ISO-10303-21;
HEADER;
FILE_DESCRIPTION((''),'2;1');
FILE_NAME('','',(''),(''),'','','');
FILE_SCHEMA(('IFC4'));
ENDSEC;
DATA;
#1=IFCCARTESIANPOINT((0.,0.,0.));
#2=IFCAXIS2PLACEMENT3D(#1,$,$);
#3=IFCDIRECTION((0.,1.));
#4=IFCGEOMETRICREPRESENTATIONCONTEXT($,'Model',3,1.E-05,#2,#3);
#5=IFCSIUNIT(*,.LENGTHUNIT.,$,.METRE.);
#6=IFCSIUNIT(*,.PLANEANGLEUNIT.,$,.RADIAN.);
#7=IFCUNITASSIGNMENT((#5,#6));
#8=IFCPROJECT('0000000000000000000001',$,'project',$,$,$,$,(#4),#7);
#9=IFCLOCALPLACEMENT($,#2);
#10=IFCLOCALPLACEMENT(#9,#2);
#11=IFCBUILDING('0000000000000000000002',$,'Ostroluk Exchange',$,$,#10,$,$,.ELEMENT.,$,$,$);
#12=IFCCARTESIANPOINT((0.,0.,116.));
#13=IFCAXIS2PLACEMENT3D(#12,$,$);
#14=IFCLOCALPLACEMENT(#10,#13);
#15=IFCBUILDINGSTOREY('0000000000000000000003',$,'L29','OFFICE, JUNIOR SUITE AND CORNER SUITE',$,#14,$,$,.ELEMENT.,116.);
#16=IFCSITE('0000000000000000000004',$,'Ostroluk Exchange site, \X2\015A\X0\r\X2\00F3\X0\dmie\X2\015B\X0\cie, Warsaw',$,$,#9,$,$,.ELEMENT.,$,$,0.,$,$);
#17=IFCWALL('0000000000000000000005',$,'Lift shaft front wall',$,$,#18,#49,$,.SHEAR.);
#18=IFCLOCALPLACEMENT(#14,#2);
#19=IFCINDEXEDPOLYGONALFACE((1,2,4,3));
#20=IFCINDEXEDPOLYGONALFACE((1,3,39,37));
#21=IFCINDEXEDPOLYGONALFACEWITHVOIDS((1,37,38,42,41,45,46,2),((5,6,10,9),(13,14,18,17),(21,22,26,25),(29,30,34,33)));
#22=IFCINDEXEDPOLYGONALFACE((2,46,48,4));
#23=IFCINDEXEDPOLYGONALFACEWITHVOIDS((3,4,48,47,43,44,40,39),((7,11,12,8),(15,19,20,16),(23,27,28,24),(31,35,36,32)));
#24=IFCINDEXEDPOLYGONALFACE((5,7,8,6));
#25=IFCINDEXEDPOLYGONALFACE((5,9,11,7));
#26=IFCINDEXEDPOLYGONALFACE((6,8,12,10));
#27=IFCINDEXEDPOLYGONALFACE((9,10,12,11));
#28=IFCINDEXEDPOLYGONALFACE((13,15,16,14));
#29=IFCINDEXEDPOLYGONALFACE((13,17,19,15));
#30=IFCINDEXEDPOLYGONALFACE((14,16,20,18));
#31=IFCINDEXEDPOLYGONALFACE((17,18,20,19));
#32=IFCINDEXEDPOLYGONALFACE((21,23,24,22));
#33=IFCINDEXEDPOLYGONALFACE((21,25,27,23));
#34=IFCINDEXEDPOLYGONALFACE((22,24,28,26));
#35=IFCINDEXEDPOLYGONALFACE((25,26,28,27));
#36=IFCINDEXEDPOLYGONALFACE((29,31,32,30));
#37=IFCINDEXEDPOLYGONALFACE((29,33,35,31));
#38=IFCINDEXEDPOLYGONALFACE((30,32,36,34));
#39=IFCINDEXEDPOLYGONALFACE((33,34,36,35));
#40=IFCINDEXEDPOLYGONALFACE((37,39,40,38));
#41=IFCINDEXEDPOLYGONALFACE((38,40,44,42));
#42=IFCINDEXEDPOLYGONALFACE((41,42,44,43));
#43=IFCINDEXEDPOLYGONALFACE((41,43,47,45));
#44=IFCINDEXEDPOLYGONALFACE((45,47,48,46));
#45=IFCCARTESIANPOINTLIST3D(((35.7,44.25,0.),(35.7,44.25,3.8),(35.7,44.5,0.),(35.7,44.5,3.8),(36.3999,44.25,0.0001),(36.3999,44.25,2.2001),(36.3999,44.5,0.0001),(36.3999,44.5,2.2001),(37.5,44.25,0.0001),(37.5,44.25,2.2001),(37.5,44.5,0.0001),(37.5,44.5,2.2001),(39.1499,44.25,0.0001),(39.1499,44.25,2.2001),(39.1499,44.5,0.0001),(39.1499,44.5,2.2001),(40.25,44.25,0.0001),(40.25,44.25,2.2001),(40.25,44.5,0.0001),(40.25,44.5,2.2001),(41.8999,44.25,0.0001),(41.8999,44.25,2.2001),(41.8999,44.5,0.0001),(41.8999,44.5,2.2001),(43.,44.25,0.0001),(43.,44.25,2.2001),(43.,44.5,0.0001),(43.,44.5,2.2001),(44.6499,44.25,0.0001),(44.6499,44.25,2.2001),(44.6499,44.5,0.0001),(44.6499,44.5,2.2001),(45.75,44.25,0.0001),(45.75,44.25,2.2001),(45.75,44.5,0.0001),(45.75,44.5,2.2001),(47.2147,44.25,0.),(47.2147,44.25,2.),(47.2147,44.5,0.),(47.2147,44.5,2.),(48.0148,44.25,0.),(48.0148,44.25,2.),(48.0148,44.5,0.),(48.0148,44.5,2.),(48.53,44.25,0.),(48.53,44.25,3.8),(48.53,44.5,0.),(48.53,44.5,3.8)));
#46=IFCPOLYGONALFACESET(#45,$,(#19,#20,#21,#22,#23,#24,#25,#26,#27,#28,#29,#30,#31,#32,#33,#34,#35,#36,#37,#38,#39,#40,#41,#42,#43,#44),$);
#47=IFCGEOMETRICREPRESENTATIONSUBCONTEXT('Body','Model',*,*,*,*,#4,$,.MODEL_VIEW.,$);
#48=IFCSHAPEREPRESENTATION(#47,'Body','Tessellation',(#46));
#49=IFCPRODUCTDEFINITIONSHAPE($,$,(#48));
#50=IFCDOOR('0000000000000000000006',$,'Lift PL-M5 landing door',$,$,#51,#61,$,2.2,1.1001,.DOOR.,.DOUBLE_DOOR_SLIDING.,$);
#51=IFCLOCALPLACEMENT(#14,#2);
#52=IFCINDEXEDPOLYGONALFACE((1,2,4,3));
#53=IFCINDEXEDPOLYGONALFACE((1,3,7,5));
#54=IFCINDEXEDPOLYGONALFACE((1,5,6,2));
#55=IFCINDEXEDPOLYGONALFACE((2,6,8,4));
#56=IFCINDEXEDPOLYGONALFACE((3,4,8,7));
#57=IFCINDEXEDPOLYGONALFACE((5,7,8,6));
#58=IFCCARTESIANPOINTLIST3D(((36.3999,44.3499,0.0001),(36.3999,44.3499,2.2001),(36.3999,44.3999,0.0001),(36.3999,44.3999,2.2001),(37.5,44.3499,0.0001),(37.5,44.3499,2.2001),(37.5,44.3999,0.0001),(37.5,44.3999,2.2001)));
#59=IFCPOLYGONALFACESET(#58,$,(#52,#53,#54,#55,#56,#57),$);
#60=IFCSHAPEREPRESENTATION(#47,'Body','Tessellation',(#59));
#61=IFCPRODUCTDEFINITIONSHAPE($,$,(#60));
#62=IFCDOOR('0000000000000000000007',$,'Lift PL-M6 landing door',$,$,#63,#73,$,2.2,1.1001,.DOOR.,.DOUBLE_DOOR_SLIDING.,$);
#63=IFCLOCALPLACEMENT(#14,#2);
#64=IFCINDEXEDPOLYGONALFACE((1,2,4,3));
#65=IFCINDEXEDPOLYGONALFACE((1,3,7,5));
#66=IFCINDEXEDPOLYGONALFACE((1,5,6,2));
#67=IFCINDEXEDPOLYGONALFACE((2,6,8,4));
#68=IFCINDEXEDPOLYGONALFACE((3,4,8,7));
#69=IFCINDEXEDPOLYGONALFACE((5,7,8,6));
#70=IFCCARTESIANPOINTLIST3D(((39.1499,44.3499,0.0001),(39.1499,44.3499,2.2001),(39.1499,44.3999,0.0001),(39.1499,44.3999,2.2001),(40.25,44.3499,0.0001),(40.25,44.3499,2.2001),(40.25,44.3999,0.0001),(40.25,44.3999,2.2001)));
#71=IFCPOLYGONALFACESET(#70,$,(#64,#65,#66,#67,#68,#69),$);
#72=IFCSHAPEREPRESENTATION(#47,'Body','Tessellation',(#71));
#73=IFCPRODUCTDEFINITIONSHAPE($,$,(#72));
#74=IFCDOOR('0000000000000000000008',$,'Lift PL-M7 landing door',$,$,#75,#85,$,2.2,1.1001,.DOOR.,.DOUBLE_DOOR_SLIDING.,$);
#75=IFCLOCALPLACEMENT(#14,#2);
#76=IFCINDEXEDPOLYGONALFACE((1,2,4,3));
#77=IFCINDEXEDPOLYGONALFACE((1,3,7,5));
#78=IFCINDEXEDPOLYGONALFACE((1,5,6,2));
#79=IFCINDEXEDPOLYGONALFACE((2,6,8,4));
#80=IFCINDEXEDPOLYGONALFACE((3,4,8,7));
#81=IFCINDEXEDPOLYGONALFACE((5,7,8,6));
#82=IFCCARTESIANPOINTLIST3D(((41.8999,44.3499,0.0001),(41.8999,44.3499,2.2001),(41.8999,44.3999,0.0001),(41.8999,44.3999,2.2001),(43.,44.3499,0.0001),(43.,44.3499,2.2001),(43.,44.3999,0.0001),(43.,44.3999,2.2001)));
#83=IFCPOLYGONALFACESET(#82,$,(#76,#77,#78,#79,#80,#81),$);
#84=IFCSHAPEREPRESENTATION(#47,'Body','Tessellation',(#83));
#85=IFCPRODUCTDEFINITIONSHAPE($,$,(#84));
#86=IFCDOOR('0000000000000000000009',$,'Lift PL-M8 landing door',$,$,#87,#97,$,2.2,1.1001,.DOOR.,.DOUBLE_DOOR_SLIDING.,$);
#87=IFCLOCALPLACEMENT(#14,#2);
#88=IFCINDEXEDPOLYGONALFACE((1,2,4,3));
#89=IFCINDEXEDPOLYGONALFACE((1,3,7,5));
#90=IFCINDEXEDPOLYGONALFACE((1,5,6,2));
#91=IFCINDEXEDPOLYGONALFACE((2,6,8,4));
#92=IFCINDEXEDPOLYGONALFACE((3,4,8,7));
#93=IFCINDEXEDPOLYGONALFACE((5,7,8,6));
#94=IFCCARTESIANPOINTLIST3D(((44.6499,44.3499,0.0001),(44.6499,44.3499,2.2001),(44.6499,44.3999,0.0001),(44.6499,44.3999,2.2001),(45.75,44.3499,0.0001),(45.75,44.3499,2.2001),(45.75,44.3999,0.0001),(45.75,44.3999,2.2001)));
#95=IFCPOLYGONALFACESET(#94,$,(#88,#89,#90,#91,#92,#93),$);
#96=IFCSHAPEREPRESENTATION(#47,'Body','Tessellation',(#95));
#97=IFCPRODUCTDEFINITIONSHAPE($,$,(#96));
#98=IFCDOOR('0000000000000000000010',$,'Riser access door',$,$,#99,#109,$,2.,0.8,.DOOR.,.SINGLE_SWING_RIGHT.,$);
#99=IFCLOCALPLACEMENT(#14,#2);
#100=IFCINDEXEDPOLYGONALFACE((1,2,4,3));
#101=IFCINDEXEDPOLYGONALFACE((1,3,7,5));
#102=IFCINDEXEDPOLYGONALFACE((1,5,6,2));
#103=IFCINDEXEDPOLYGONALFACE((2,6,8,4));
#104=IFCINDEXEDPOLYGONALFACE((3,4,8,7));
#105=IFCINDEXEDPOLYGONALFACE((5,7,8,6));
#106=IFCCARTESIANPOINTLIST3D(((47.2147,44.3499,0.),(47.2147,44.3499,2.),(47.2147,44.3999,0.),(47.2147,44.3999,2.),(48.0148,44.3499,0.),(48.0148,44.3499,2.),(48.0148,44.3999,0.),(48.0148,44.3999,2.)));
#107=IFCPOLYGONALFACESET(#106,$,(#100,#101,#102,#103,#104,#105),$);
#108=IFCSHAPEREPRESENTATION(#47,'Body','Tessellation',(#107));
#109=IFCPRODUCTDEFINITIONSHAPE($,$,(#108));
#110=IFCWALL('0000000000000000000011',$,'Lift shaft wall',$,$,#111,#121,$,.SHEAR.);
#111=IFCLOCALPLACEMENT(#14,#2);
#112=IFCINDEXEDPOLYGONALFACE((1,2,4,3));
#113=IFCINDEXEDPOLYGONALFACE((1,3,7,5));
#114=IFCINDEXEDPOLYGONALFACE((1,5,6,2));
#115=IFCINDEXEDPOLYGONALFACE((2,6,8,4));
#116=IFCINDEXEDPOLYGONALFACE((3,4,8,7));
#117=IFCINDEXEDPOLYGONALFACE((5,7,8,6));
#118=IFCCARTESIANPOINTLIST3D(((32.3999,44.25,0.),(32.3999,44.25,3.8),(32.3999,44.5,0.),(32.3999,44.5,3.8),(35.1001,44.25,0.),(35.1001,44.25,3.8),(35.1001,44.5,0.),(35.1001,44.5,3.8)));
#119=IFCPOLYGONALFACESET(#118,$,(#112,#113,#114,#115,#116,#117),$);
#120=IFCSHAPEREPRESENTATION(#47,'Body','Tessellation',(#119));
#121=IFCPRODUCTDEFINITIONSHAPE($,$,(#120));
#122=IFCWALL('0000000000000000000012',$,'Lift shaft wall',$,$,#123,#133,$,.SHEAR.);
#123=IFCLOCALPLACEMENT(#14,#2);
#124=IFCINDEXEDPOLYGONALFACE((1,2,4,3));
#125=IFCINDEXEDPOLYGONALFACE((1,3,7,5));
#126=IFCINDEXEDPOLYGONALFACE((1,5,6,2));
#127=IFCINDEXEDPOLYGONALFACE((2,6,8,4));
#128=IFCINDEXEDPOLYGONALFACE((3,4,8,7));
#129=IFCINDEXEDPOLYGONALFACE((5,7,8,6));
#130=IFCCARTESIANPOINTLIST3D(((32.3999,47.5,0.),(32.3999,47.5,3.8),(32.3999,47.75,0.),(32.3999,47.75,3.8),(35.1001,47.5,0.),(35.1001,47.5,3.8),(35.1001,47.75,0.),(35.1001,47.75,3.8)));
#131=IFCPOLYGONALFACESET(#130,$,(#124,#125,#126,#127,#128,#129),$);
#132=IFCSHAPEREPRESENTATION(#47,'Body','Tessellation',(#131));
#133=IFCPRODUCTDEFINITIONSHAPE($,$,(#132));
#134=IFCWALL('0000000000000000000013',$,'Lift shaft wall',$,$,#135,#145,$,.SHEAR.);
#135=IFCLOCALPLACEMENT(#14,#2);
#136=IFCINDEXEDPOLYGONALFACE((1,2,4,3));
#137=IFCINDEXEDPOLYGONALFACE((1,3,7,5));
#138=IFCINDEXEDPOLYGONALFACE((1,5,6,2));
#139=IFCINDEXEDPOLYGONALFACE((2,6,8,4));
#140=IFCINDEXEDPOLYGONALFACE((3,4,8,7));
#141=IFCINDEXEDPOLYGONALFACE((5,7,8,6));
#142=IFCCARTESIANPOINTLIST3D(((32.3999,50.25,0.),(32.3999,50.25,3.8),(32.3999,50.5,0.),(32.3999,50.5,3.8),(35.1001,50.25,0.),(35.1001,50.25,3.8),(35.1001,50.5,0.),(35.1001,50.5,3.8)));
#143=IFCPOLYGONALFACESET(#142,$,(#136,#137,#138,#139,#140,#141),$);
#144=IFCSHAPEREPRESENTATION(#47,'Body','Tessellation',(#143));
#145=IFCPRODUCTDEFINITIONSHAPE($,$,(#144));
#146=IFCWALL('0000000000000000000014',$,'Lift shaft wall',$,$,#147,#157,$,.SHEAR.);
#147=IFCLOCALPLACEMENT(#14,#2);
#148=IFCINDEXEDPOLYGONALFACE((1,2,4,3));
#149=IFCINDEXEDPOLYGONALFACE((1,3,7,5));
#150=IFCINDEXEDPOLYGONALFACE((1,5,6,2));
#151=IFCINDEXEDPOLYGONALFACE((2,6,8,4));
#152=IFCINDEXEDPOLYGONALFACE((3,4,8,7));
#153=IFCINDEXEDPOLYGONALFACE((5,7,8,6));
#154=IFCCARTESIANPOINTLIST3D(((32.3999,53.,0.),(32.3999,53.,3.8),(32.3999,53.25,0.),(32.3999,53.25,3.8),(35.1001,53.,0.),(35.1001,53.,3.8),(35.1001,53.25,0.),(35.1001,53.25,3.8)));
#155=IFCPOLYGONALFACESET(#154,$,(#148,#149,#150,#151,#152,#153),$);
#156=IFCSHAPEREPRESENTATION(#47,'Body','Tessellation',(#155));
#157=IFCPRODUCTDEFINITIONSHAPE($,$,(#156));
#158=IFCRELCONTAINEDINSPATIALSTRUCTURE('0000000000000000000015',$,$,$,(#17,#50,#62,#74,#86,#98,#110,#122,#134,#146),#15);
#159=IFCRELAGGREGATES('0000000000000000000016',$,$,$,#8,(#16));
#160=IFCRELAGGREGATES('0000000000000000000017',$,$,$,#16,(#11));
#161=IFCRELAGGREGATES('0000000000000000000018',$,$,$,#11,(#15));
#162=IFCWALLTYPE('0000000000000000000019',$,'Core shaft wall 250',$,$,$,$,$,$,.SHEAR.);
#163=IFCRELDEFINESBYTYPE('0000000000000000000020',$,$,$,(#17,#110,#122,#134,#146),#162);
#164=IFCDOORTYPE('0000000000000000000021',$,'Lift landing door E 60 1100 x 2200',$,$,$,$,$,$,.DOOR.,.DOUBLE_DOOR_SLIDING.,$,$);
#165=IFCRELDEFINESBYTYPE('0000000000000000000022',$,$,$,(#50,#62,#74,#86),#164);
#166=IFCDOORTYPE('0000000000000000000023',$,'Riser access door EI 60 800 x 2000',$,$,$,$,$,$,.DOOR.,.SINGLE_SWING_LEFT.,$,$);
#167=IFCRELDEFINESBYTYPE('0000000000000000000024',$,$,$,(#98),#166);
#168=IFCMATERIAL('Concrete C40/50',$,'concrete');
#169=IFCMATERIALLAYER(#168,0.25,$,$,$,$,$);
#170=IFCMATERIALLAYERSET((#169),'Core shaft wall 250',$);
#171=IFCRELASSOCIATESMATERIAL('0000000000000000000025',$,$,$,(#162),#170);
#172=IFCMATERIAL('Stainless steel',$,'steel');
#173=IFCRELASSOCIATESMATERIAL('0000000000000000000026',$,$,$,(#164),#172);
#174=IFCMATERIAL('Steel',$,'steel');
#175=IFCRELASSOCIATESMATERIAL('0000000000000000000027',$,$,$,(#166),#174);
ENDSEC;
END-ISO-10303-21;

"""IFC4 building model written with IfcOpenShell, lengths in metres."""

from ifc_helpers import new_model, si_unit, direction, frame, frame_2d, origin, place, context, subcontext, project, spatial, rectangle, extrude, material, layer, layer_set, type_object, element, fill, save


model = new_model("IFC4")

# Units and contexts
model_context = context("Model", 3, precision=1e-05, world=origin(), true_north=direction((0.0, 1.0)))
body_context = subcontext(model_context, "Body", "Model", "MODEL_VIEW")
ifc_project = project(units=[si_unit("LENGTHUNIT", "METRE"), si_unit("PLANEANGLEUNIT", "RADIAN")], contexts=[model_context])

# Site, building, storey
site_placement = place(None, origin())
site = spatial("IfcSite", under=ifc_project, at=site_placement, Name="Ostroluk Exchange site, Śródmieście, Warsaw", CompositionType="ELEMENT", RefElevation=0.0)
building_placement = place(site_placement, origin())
building = spatial("IfcBuilding", under=site, at=building_placement, Name="Ostroluk Exchange", CompositionType="ELEMENT")
storey_placement = place(building_placement, frame((0.0, 0.0, 116.0)))
storey = spatial("IfcBuildingStorey", under=building, at=storey_placement, Name="L29", Description="OFFICE, JUNIOR SUITE AND CORNER SUITE", CompositionType="ELEMENT", Elevation=116.0)

# Wall, openings, doors
ifc_material_1 = material(Name="Concrete C40/50", Category="concrete")
ifc_layer_1 = layer(ifc_material_1, 0.25)
ifc_layer_set_1 = layer_set([ifc_layer_1], Name="Core shaft wall 250")
wall_type_1 = type_object("IfcWallType", Name="Core shaft wall 250", PredefinedType="SHEAR", material=ifc_layer_set_1)
ifc_material_2 = material(Name="Stainless steel", Category="steel")
door_type_1 = type_object("IfcDoorType", Name="Lift landing door E 60 1100 x 2200", OperationType="DOUBLE_DOOR_SLIDING", PredefinedType="DOOR", material=ifc_material_2)
ifc_material_3 = material(Name="Steel", Category="steel")
door_type_2 = type_object("IfcDoorType", Name="Riser access door EI 60 800 x 2000", OperationType="SINGLE_SWING_LEFT", PredefinedType="DOOR", material=ifc_material_3)
wall_1_placement = place(storey_placement, frame((35.7, 44.375, 0.0), z_axis=(0.0, 0.0, 1.0), x_axis=(1.0, 0.0, 0.0)))
wall_1 = element("IfcWall", 1, at=wall_1_placement, inside=storey, type_object=wall_type_1, Name="Lift shaft front wall", PredefinedType="SHEAR", context=body_context, shape_type="SweptSolid", body=[
    extrude(rectangle(XDim=12.8301, YDim=0.25, at=frame_2d((6.415, 0.0))), origin(), (0.0, 0.0, 1.0), 3.8),
])
opening_1_placement = place(wall_1_placement, frame((0.7, 0.0, 0.0)))
opening_1 = element("IfcOpeningElement", 2, at=opening_1_placement, cuts=wall_1, PredefinedType="OPENING", context=body_context, shape_type="SweptSolid", body=[
    extrude(rectangle(XDim=1.1001, YDim=2.2, at=frame_2d((0.55, 1.1001))), frame((0.0, 0.135, 0.0), z_axis=(0.0, -1.0, 0.0), x_axis=(1.0, 0.0, 0.0)), (0.0, 0.0, 1.0), 0.27),
])
opening_2_placement = place(wall_1_placement, frame((3.45, 0.0, 0.0)))
opening_2 = element("IfcOpeningElement", 3, at=opening_2_placement, cuts=wall_1, PredefinedType="OPENING", context=body_context, shape_type="SweptSolid", body=[
    extrude(rectangle(XDim=1.1001, YDim=2.2, at=frame_2d((0.55, 1.1001))), frame((0.0, 0.135, 0.0), z_axis=(0.0, -1.0, 0.0), x_axis=(1.0, 0.0, 0.0)), (0.0, 0.0, 1.0), 0.27),
])
opening_3_placement = place(wall_1_placement, frame((6.2, 0.0, 0.0)))
opening_3 = element("IfcOpeningElement", 4, at=opening_3_placement, cuts=wall_1, PredefinedType="OPENING", context=body_context, shape_type="SweptSolid", body=[
    extrude(rectangle(XDim=1.1001, YDim=2.2, at=frame_2d((0.55, 1.1001))), frame((0.0, 0.135, 0.0), z_axis=(0.0, -1.0, 0.0), x_axis=(1.0, 0.0, 0.0)), (0.0, 0.0, 1.0), 0.27),
])
opening_4_placement = place(wall_1_placement, frame((8.95, 0.0, 0.0)))
opening_4 = element("IfcOpeningElement", 5, at=opening_4_placement, cuts=wall_1, PredefinedType="OPENING", context=body_context, shape_type="SweptSolid", body=[
    extrude(rectangle(XDim=1.1001, YDim=2.2, at=frame_2d((0.55, 1.1001))), frame((0.0, 0.135, 0.0), z_axis=(0.0, -1.0, 0.0), x_axis=(1.0, 0.0, 0.0)), (0.0, 0.0, 1.0), 0.27),
])
opening_5_placement = place(wall_1_placement, frame((11.5149, 0.0, 0.0)))
opening_5 = element("IfcOpeningElement", 6, at=opening_5_placement, cuts=wall_1, PredefinedType="OPENING", context=body_context, shape_type="SweptSolid", body=[
    extrude(rectangle(XDim=0.8, YDim=2.0, at=frame_2d((0.3999, 1.0))), frame((0.0, 0.135, 0.0), z_axis=(0.0, -1.0, 0.0), x_axis=(1.0, 0.0, 0.0)), (0.0, 0.0, 1.0), 0.27),
])
door_1_placement = place(opening_1_placement, origin())
door_1 = element("IfcDoor", 7, at=door_1_placement, inside=storey, type_object=door_type_1, Name="Lift PL-M5 landing door", OperationType="DOUBLE_DOOR_SLIDING", OverallHeight=2.2, OverallWidth=1.1001, PredefinedType="DOOR", context=body_context, shape_type="SweptSolid", body=[
    extrude(rectangle(XDim=1.1001, YDim=2.2, at=frame_2d((0.55, 1.1001))), frame((0.0, 0.0249, 0.0), z_axis=(0.0, -1.0, 0.0), x_axis=(1.0, 0.0, 0.0)), (0.0, 0.0, 1.0), 0.05),
])
fill(opening_1, door_1)
door_2_placement = place(opening_2_placement, origin())
door_2 = element("IfcDoor", 8, at=door_2_placement, inside=storey, type_object=door_type_1, Name="Lift PL-M6 landing door", OperationType="DOUBLE_DOOR_SLIDING", OverallHeight=2.2, OverallWidth=1.1001, PredefinedType="DOOR", context=body_context, shape_type="SweptSolid", body=[
    extrude(rectangle(XDim=1.1001, YDim=2.2, at=frame_2d((0.55, 1.1001))), frame((0.0, 0.0249, 0.0), z_axis=(0.0, -1.0, 0.0), x_axis=(1.0, 0.0, 0.0)), (0.0, 0.0, 1.0), 0.05),
])
fill(opening_2, door_2)
door_3_placement = place(opening_3_placement, origin())
door_3 = element("IfcDoor", 9, at=door_3_placement, inside=storey, type_object=door_type_1, Name="Lift PL-M7 landing door", OperationType="DOUBLE_DOOR_SLIDING", OverallHeight=2.2, OverallWidth=1.1001, PredefinedType="DOOR", context=body_context, shape_type="SweptSolid", body=[
    extrude(rectangle(XDim=1.1001, YDim=2.2, at=frame_2d((0.55, 1.1001))), frame((0.0, 0.0249, 0.0), z_axis=(0.0, -1.0, 0.0), x_axis=(1.0, 0.0, 0.0)), (0.0, 0.0, 1.0), 0.05),
])
fill(opening_3, door_3)
door_4_placement = place(opening_4_placement, origin())
door_4 = element("IfcDoor", 10, at=door_4_placement, inside=storey, type_object=door_type_1, Name="Lift PL-M8 landing door", OperationType="DOUBLE_DOOR_SLIDING", OverallHeight=2.2, OverallWidth=1.1001, PredefinedType="DOOR", context=body_context, shape_type="SweptSolid", body=[
    extrude(rectangle(XDim=1.1001, YDim=2.2, at=frame_2d((0.55, 1.1001))), frame((0.0, 0.0249, 0.0), z_axis=(0.0, -1.0, 0.0), x_axis=(1.0, 0.0, 0.0)), (0.0, 0.0, 1.0), 0.05),
])
fill(opening_4, door_4)
door_5_placement = place(opening_5_placement, origin())
door_5 = element("IfcDoor", 11, at=door_5_placement, inside=storey, type_object=door_type_2, Name="Riser access door", OperationType="SINGLE_SWING_RIGHT", OverallHeight=2.0, OverallWidth=0.8, PredefinedType="DOOR", context=body_context, shape_type="SweptSolid", body=[
    extrude(rectangle(XDim=0.8, YDim=2.0, at=frame_2d((0.3999, 1.0))), frame((0.0, 0.0249, 0.0), z_axis=(0.0, -1.0, 0.0), x_axis=(1.0, 0.0, 0.0)), (0.0, 0.0, 1.0), 0.05),
])
fill(opening_5, door_5)

# Walls
for number, where, z_axis, x_axis, name in (
    (12, (32.3999, 44.375, 0.0), (0.0, 0.0, 1.0), (1.0, 0.0, 0.0), "Lift shaft wall"),
    (13, (32.3999, 47.625, 0.0), (0.0, 0.0, 1.0), (1.0, 0.0, 0.0), "Lift shaft wall"),
    (14, (32.3999, 50.375, 0.0), (0.0, 0.0, 1.0), (1.0, 0.0, 0.0), "Lift shaft wall"),
    (15, (32.3999, 53.125, 0.0), (0.0, 0.0, 1.0), (1.0, 0.0, 0.0), "Lift shaft wall"),
):
    element("IfcWall", number, at=place(storey_placement, frame(where, z_axis=z_axis, x_axis=x_axis)), inside=storey, type_object=wall_type_1, Name=name, PredefinedType="SHEAR", context=body_context, shape_type="SweptSolid", body=[
        extrude(rectangle(XDim=2.7002, YDim=0.25, at=frame_2d((1.3501, 0.0))), origin(), (0.0, 0.0, 1.0), 3.8),
    ])

save(model, "model.ifc")
